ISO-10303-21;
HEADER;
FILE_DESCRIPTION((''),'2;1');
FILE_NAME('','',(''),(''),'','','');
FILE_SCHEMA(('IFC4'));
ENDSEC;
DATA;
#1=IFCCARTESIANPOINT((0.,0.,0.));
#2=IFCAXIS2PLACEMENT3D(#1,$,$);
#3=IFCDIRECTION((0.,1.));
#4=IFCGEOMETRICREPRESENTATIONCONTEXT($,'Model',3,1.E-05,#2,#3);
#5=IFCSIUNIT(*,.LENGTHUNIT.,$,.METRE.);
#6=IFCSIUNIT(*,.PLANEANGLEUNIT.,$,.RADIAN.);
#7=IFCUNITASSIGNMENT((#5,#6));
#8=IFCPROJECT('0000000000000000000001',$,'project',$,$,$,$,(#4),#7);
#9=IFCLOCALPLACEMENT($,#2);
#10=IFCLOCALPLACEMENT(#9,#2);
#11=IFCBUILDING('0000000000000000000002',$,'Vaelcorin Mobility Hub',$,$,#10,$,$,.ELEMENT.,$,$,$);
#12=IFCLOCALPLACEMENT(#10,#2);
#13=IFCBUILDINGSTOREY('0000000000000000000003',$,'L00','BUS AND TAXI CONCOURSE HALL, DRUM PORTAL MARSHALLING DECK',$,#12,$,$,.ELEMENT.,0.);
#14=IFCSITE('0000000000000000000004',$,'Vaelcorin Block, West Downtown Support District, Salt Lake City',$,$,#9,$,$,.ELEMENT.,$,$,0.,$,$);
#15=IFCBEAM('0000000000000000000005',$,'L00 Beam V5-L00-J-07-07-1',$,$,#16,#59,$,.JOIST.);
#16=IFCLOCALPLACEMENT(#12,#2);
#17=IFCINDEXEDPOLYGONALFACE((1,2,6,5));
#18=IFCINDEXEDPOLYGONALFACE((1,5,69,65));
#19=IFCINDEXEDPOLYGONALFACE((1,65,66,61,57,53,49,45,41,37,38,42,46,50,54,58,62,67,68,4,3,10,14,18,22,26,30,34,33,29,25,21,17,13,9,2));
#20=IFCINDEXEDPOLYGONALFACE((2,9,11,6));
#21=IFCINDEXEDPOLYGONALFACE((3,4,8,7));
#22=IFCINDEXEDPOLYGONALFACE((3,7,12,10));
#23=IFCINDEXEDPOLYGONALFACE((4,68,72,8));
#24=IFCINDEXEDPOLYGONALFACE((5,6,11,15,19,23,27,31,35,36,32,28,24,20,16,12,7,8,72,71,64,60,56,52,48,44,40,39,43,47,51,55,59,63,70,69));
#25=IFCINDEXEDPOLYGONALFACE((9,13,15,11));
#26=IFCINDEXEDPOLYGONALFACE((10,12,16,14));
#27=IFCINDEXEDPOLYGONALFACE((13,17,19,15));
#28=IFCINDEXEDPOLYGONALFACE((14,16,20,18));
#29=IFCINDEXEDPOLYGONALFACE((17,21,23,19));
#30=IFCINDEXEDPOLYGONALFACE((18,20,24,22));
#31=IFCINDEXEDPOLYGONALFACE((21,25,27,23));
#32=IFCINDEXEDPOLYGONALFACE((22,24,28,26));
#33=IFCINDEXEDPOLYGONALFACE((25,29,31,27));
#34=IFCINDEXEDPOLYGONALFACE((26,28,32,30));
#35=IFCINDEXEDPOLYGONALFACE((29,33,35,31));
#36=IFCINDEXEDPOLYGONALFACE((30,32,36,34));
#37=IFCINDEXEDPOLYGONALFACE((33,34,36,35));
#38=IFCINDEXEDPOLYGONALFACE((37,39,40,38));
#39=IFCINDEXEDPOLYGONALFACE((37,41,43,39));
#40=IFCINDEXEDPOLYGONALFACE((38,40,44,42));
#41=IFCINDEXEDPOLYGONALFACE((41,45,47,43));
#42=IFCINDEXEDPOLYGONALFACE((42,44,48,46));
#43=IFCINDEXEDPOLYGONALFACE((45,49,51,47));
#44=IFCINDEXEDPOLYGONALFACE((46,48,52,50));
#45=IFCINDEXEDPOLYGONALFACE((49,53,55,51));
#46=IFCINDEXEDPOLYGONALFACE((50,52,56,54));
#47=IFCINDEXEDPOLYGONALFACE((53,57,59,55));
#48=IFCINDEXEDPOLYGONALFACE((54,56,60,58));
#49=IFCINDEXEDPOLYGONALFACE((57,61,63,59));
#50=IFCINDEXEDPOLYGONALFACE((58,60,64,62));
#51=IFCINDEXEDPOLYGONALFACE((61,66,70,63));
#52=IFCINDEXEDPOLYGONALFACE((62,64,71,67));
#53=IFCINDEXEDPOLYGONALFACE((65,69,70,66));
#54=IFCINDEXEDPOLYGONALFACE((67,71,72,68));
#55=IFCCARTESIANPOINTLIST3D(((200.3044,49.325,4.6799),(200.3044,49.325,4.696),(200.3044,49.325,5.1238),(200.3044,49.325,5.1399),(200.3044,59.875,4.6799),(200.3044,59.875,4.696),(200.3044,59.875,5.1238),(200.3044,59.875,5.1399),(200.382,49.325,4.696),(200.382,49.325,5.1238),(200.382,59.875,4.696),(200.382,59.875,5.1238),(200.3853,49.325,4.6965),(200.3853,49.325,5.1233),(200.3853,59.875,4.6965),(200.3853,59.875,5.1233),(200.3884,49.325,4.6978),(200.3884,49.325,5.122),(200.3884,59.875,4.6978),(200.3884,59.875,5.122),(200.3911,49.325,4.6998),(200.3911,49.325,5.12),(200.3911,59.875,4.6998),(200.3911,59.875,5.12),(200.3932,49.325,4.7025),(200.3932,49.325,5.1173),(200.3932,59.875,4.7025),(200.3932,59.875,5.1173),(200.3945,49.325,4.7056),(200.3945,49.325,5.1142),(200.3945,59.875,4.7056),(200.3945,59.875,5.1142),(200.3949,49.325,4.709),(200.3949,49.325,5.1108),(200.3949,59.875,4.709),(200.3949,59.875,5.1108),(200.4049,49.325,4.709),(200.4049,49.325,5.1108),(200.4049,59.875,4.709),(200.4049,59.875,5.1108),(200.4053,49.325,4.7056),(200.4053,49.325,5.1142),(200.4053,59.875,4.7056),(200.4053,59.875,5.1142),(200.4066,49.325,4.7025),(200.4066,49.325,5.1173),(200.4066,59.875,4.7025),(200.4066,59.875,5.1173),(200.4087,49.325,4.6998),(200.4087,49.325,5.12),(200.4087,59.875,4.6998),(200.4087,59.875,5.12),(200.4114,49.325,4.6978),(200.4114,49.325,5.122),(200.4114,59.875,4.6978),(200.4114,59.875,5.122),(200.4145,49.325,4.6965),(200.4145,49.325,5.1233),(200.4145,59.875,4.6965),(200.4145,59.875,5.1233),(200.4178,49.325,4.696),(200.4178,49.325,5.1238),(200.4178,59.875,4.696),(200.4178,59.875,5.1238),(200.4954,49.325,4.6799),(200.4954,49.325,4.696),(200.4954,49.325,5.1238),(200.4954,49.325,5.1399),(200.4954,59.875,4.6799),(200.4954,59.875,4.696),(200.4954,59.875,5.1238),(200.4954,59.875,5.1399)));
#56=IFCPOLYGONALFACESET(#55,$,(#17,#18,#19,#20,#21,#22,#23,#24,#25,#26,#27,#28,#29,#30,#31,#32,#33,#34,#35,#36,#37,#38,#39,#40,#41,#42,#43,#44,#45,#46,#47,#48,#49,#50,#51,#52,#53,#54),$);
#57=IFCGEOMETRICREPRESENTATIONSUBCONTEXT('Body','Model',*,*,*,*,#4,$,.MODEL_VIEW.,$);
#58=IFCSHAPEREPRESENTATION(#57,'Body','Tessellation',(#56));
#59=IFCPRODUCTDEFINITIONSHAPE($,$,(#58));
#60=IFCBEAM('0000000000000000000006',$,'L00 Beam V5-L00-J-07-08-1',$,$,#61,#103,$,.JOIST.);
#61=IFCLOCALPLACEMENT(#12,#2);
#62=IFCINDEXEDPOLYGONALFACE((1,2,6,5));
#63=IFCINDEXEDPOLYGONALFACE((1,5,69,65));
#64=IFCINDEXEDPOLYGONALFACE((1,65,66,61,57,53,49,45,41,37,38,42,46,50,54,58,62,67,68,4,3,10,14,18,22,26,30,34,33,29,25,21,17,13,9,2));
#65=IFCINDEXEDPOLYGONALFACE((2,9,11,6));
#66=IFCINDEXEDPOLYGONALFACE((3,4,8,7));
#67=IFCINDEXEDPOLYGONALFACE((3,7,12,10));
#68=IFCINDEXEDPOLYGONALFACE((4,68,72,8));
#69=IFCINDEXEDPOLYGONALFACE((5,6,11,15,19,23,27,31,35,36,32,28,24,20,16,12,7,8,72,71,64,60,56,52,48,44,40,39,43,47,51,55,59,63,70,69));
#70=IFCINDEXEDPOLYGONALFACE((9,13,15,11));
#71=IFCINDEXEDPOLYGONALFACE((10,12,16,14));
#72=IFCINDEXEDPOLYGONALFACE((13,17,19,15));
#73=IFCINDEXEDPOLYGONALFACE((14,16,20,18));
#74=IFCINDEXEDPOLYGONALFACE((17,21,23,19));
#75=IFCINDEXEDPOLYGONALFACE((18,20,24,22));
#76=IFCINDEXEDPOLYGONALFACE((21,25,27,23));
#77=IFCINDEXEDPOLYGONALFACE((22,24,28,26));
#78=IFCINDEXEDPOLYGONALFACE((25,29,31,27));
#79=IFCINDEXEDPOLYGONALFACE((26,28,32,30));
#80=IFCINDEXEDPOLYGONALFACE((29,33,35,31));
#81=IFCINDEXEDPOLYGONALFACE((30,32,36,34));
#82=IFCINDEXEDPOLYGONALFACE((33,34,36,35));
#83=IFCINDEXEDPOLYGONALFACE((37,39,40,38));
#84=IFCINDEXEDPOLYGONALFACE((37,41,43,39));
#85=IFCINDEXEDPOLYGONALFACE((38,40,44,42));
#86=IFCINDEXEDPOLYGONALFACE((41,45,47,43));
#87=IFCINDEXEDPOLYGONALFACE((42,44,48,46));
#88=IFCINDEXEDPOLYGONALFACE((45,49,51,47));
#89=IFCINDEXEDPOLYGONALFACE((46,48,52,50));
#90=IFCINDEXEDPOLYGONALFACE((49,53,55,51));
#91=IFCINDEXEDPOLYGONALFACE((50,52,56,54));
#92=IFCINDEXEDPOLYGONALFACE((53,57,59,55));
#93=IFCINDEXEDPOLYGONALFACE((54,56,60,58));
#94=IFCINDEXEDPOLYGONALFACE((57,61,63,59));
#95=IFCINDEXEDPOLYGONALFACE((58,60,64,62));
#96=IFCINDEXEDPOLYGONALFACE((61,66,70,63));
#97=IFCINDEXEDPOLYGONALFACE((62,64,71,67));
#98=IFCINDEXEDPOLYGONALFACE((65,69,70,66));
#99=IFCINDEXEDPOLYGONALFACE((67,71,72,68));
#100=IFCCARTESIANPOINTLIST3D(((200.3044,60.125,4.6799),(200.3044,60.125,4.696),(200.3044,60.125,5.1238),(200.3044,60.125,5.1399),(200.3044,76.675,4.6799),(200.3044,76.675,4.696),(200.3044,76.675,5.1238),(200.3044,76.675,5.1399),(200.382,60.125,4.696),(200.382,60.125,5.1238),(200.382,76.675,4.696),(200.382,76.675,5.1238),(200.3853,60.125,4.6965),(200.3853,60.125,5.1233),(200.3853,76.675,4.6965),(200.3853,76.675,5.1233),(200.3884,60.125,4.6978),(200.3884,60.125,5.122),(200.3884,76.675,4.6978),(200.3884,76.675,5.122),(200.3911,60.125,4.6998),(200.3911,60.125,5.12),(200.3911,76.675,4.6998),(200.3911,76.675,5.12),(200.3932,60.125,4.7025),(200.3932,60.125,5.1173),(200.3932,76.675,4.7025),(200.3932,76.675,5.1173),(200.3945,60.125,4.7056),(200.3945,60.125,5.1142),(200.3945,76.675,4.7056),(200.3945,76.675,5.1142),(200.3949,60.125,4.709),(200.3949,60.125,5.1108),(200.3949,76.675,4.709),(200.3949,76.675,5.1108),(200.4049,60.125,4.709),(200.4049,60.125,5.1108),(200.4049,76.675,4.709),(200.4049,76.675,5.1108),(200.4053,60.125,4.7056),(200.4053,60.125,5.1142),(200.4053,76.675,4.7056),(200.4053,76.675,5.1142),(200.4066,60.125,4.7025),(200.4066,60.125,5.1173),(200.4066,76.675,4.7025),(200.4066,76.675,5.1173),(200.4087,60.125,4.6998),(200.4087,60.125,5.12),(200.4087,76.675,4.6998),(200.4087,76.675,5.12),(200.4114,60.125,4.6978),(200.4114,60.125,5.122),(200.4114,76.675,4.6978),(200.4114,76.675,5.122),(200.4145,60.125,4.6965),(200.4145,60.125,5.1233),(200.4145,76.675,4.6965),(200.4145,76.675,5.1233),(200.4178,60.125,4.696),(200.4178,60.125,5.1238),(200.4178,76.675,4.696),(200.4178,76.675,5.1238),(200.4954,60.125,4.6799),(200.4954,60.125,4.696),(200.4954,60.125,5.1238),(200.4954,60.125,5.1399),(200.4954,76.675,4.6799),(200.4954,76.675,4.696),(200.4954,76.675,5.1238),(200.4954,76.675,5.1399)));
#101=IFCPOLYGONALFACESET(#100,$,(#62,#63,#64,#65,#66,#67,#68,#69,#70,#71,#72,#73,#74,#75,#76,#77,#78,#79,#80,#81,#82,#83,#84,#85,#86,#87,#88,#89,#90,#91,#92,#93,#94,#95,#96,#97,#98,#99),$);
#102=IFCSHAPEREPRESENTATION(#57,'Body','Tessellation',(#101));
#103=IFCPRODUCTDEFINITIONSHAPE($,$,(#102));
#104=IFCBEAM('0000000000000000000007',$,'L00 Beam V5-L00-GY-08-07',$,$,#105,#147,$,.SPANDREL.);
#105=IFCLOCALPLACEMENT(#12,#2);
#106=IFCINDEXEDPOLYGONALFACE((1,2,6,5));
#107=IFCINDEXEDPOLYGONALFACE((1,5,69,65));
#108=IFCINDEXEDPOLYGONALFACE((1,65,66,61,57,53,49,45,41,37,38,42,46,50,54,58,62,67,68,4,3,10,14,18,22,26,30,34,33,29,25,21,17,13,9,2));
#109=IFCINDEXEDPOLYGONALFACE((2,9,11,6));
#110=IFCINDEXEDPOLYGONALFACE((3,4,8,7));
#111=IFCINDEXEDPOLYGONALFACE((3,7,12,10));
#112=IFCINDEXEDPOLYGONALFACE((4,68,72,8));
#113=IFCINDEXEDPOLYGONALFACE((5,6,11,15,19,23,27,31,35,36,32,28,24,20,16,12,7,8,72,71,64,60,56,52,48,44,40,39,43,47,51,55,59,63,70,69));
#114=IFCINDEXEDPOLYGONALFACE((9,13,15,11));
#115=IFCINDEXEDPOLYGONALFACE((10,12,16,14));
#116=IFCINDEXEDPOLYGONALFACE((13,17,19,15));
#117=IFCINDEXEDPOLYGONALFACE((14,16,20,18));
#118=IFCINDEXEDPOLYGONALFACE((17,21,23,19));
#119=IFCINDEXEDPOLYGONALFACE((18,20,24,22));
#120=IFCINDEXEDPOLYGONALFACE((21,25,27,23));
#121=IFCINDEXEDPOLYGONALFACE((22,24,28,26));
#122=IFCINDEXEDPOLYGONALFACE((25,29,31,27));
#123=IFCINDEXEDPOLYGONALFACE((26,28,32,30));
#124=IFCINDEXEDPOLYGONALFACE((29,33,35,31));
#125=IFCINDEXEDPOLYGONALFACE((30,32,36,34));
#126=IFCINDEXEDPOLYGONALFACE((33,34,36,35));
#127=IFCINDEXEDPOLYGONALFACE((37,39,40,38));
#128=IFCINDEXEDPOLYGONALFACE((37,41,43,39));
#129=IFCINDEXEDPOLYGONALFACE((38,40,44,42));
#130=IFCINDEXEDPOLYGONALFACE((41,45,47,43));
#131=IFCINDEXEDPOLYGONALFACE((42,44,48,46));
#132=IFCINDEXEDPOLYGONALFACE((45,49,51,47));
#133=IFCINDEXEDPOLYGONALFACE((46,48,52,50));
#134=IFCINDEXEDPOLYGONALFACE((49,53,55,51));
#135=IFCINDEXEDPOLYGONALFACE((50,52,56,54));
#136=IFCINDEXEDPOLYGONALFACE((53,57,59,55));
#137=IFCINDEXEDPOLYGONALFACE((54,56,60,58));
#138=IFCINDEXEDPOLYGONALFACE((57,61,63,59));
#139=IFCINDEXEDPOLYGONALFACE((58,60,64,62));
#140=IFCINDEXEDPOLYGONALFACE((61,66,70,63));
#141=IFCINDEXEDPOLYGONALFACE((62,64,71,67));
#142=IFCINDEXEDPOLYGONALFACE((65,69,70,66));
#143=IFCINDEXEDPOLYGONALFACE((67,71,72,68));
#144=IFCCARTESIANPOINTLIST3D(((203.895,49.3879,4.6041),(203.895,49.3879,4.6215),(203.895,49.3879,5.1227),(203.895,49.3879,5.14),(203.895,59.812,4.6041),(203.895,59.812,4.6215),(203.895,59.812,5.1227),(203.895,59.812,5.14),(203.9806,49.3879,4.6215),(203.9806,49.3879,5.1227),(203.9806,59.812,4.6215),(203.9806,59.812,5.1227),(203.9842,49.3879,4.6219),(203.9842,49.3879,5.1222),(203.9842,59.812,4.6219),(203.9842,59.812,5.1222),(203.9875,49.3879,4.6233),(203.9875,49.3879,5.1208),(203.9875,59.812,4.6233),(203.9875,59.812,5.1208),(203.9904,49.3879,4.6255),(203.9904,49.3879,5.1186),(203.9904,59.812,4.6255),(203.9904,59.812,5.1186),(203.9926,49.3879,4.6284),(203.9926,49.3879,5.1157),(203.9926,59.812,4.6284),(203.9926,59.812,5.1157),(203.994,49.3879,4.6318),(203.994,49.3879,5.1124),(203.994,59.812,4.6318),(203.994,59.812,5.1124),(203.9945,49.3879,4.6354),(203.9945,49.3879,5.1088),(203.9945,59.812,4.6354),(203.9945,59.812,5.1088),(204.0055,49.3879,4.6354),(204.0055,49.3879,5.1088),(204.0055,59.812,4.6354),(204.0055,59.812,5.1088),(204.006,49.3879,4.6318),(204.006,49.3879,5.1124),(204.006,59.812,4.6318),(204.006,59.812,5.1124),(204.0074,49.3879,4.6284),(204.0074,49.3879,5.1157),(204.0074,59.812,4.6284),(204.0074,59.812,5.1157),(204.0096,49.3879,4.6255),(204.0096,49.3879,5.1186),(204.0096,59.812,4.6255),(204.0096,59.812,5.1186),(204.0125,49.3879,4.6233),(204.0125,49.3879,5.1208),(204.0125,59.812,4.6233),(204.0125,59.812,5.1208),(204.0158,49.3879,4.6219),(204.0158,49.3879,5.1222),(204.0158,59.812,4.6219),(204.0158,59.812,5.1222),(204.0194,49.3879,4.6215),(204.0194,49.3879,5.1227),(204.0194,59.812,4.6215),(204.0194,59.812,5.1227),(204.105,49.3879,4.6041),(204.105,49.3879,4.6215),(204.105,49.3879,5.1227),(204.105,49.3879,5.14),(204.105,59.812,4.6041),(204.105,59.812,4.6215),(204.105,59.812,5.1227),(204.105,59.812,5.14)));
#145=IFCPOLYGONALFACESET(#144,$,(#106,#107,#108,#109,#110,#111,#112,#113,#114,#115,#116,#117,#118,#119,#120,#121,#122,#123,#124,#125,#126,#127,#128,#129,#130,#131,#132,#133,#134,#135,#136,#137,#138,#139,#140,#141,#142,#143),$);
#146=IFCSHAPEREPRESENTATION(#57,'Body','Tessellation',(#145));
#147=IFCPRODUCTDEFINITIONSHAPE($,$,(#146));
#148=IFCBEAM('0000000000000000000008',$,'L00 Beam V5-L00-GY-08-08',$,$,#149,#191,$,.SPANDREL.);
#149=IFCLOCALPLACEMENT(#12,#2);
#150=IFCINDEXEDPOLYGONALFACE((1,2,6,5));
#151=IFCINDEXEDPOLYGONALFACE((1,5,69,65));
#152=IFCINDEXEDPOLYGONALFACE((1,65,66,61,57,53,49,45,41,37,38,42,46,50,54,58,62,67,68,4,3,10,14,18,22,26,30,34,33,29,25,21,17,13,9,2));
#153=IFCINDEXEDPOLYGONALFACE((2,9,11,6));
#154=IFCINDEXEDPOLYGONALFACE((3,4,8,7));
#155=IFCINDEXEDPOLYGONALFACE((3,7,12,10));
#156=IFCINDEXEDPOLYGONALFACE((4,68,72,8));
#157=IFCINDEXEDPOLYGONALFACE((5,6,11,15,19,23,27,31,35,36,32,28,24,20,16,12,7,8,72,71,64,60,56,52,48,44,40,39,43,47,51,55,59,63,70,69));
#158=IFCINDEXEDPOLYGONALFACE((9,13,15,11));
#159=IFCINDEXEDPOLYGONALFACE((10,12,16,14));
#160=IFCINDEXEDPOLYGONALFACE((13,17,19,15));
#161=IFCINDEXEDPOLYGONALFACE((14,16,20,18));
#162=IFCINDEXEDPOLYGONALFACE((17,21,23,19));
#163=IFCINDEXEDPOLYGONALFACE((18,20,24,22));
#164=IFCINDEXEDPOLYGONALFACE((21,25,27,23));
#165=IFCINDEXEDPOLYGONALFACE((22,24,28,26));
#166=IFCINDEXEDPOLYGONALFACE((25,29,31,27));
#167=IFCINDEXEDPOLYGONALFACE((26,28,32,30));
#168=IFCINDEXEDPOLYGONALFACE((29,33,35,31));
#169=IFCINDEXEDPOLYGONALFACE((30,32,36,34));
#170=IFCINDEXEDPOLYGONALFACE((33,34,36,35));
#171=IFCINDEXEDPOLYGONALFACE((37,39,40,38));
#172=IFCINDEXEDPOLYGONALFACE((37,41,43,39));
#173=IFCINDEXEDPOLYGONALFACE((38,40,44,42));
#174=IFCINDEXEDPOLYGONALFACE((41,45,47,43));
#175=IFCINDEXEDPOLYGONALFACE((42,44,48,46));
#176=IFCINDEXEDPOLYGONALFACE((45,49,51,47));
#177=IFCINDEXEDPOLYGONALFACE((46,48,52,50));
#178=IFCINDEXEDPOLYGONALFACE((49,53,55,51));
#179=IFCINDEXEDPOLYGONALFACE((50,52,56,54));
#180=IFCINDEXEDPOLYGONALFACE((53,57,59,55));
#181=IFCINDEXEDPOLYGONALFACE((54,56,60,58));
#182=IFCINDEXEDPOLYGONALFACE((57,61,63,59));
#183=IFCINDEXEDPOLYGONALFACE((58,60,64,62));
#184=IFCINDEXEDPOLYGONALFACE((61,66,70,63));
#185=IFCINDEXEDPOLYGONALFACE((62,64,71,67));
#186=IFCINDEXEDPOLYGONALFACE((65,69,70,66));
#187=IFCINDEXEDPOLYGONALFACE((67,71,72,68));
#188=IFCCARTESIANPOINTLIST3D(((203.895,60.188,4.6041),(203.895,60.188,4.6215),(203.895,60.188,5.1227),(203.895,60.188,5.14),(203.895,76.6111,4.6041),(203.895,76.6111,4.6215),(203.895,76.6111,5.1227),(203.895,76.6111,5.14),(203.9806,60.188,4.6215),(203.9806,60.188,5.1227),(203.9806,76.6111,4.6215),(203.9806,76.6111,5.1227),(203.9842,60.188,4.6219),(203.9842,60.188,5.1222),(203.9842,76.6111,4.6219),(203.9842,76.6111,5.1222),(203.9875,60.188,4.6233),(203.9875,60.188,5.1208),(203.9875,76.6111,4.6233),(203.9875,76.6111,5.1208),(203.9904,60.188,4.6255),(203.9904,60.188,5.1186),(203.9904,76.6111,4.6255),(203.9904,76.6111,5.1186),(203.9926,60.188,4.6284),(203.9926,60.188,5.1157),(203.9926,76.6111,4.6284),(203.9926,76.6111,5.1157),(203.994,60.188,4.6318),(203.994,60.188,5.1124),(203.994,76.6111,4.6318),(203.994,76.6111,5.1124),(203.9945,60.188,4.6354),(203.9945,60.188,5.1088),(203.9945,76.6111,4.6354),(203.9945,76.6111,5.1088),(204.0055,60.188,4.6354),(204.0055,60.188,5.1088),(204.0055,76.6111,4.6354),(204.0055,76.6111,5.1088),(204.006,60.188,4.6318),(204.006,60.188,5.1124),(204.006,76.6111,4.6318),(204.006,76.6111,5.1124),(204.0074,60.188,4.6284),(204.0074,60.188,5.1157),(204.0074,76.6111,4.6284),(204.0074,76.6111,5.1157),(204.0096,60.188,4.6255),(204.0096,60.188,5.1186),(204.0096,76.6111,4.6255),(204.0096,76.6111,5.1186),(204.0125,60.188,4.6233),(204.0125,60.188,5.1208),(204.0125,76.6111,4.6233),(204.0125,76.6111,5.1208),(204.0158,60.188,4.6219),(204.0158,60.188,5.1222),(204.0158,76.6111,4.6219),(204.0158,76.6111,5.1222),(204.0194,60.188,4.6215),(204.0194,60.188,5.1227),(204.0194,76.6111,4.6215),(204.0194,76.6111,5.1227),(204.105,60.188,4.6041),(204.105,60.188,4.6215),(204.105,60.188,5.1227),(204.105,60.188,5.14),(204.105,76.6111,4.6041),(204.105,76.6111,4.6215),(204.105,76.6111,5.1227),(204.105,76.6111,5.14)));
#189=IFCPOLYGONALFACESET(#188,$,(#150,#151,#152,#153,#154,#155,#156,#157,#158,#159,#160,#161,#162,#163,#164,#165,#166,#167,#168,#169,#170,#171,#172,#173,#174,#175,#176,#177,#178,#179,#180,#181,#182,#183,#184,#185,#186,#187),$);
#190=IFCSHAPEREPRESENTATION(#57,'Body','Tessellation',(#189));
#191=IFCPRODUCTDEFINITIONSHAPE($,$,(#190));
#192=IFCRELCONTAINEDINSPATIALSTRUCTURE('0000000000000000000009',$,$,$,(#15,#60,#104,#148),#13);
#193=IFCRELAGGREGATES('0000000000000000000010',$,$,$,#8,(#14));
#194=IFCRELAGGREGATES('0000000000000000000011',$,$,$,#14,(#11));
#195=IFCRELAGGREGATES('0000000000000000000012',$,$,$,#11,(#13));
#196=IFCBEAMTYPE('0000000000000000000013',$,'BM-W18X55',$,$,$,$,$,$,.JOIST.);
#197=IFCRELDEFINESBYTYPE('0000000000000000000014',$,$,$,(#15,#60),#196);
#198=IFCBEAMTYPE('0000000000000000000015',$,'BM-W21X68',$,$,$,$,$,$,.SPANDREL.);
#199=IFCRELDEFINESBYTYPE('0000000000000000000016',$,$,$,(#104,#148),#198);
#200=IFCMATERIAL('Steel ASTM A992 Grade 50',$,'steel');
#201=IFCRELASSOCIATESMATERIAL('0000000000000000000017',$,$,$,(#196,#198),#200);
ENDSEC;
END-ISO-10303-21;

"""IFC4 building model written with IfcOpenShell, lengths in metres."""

from ifc_helpers import new_model, si_unit, direction, frame, origin, origin_2d, place, context, subcontext, project, spatial, i_section, extrude, material, material_profile, profile_set, type_object, element, save


model = new_model("IFC4")

# Units and contexts
model_context = context("Model", 3, precision=1e-05, world=origin(), true_north=direction((0.0, 1.0)))
body_context = subcontext(model_context, "Body", "Model", "MODEL_VIEW")
ifc_project = project(units=[si_unit("LENGTHUNIT", "METRE"), si_unit("PLANEANGLEUNIT", "RADIAN")], contexts=[model_context])

# Site, building, storey
site_placement = place(None, origin())
site = spatial("IfcSite", under=ifc_project, at=site_placement, Name="Vaelcorin Block, West Downtown Support District, Salt Lake City", CompositionType="ELEMENT", RefElevation=0.0)
building_placement = place(site_placement, origin())
building = spatial("IfcBuilding", under=site, at=building_placement, Name="Vaelcorin Mobility Hub", CompositionType="ELEMENT")
storey_placement = place(building_placement, origin())
storey = spatial("IfcBuildingStorey", under=building, at=storey_placement, Name="L00", Description="BUS AND TAXI CONCOURSE HALL, DRUM PORTAL MARSHALLING DECK", CompositionType="ELEMENT", Elevation=0.0)

# Shared definitions
ifc_material_1 = material(Name="Steel ASTM A992 Grade 50", Category="steel")

# Beams
ifc_material_profile_1 = material_profile(ifc_material_1, i_section(OverallWidth=0.1909, OverallDepth=0.46, WebThickness=0.01, FlangeThickness=0.0161, FilletRadius=0.0129, at=origin_2d()), Name="W18X55")
ifc_profile_set_1 = profile_set([ifc_material_profile_1], Name="Steel ASTM A992 Grade 50")
beam_type_1 = type_object("IfcBeamType", Name="BM-W18X55", PredefinedType="JOIST", material=ifc_profile_set_1)
beam_1_placement = place(storey_placement, frame((200.3999, 49.325, 4.9099), z_axis=(0.0, 1.0, 0.0), x_axis=(-1.0, 0.0, 0.0)))
element("IfcBeam", 1, at=beam_1_placement, inside=storey, type_object=beam_type_1, Name="L00 Beam V5-L00-J-07-07-1", PredefinedType="JOIST", context=body_context, shape_type="SweptSolid", body=[
    extrude(i_section(OverallWidth=0.1909, OverallDepth=0.46, WebThickness=0.01, FlangeThickness=0.0161, FilletRadius=0.0129, at=origin_2d()), origin(), (0.0, 0.0, 1.0), 10.55),
])
beam_2_placement = place(storey_placement, frame((200.3999, 60.125, 4.9099), z_axis=(0.0, 1.0, 0.0), x_axis=(-1.0, 0.0, 0.0)))
element("IfcBeam", 2, at=beam_2_placement, inside=storey, type_object=beam_type_1, Name="L00 Beam V5-L00-J-07-08-1", PredefinedType="JOIST", context=body_context, shape_type="SweptSolid", body=[
    extrude(i_section(OverallWidth=0.1909, OverallDepth=0.46, WebThickness=0.01, FlangeThickness=0.0161, FilletRadius=0.0129, at=origin_2d()), origin(), (0.0, 0.0, 1.0), 16.55),
])
ifc_material_profile_2 = material_profile(ifc_material_1, i_section(OverallWidth=0.21, OverallDepth=0.5359, WebThickness=0.011, FlangeThickness=0.0173, FilletRadius=0.0139, at=origin_2d()), Name="W21X68")
ifc_profile_set_2 = profile_set([ifc_material_profile_2], Name="Steel ASTM A992 Grade 50")
beam_type_2 = type_object("IfcBeamType", Name="BM-W21X68", PredefinedType="SPANDREL", material=ifc_profile_set_2)
beam_3_placement = place(storey_placement, frame((204.0, 49.3879, 4.8721), z_axis=(0.0, 1.0, 0.0), x_axis=(-1.0, 0.0, 0.0)))
element("IfcBeam", 3, at=beam_3_placement, inside=storey, type_object=beam_type_2, Name="L00 Beam V5-L00-GY-08-07", PredefinedType="SPANDREL", context=body_context, shape_type="SweptSolid", body=[
    extrude(i_section(OverallWidth=0.21, OverallDepth=0.5359, WebThickness=0.011, FlangeThickness=0.0173, FilletRadius=0.0139, at=origin_2d()), origin(), (0.0, 0.0, 1.0), 10.4241),
])
beam_4_placement = place(storey_placement, frame((204.0, 60.188, 4.8721), z_axis=(0.0, 1.0, 0.0), x_axis=(-1.0, 0.0, 0.0)))
element("IfcBeam", 4, at=beam_4_placement, inside=storey, type_object=beam_type_2, Name="L00 Beam V5-L00-GY-08-08", PredefinedType="SPANDREL", context=body_context, shape_type="SweptSolid", body=[
    extrude(i_section(OverallWidth=0.21, OverallDepth=0.5359, WebThickness=0.011, FlangeThickness=0.0173, FilletRadius=0.0139, at=origin_2d()), origin(), (0.0, 0.0, 1.0), 16.4231),
])

save(model, "model.ifc")
